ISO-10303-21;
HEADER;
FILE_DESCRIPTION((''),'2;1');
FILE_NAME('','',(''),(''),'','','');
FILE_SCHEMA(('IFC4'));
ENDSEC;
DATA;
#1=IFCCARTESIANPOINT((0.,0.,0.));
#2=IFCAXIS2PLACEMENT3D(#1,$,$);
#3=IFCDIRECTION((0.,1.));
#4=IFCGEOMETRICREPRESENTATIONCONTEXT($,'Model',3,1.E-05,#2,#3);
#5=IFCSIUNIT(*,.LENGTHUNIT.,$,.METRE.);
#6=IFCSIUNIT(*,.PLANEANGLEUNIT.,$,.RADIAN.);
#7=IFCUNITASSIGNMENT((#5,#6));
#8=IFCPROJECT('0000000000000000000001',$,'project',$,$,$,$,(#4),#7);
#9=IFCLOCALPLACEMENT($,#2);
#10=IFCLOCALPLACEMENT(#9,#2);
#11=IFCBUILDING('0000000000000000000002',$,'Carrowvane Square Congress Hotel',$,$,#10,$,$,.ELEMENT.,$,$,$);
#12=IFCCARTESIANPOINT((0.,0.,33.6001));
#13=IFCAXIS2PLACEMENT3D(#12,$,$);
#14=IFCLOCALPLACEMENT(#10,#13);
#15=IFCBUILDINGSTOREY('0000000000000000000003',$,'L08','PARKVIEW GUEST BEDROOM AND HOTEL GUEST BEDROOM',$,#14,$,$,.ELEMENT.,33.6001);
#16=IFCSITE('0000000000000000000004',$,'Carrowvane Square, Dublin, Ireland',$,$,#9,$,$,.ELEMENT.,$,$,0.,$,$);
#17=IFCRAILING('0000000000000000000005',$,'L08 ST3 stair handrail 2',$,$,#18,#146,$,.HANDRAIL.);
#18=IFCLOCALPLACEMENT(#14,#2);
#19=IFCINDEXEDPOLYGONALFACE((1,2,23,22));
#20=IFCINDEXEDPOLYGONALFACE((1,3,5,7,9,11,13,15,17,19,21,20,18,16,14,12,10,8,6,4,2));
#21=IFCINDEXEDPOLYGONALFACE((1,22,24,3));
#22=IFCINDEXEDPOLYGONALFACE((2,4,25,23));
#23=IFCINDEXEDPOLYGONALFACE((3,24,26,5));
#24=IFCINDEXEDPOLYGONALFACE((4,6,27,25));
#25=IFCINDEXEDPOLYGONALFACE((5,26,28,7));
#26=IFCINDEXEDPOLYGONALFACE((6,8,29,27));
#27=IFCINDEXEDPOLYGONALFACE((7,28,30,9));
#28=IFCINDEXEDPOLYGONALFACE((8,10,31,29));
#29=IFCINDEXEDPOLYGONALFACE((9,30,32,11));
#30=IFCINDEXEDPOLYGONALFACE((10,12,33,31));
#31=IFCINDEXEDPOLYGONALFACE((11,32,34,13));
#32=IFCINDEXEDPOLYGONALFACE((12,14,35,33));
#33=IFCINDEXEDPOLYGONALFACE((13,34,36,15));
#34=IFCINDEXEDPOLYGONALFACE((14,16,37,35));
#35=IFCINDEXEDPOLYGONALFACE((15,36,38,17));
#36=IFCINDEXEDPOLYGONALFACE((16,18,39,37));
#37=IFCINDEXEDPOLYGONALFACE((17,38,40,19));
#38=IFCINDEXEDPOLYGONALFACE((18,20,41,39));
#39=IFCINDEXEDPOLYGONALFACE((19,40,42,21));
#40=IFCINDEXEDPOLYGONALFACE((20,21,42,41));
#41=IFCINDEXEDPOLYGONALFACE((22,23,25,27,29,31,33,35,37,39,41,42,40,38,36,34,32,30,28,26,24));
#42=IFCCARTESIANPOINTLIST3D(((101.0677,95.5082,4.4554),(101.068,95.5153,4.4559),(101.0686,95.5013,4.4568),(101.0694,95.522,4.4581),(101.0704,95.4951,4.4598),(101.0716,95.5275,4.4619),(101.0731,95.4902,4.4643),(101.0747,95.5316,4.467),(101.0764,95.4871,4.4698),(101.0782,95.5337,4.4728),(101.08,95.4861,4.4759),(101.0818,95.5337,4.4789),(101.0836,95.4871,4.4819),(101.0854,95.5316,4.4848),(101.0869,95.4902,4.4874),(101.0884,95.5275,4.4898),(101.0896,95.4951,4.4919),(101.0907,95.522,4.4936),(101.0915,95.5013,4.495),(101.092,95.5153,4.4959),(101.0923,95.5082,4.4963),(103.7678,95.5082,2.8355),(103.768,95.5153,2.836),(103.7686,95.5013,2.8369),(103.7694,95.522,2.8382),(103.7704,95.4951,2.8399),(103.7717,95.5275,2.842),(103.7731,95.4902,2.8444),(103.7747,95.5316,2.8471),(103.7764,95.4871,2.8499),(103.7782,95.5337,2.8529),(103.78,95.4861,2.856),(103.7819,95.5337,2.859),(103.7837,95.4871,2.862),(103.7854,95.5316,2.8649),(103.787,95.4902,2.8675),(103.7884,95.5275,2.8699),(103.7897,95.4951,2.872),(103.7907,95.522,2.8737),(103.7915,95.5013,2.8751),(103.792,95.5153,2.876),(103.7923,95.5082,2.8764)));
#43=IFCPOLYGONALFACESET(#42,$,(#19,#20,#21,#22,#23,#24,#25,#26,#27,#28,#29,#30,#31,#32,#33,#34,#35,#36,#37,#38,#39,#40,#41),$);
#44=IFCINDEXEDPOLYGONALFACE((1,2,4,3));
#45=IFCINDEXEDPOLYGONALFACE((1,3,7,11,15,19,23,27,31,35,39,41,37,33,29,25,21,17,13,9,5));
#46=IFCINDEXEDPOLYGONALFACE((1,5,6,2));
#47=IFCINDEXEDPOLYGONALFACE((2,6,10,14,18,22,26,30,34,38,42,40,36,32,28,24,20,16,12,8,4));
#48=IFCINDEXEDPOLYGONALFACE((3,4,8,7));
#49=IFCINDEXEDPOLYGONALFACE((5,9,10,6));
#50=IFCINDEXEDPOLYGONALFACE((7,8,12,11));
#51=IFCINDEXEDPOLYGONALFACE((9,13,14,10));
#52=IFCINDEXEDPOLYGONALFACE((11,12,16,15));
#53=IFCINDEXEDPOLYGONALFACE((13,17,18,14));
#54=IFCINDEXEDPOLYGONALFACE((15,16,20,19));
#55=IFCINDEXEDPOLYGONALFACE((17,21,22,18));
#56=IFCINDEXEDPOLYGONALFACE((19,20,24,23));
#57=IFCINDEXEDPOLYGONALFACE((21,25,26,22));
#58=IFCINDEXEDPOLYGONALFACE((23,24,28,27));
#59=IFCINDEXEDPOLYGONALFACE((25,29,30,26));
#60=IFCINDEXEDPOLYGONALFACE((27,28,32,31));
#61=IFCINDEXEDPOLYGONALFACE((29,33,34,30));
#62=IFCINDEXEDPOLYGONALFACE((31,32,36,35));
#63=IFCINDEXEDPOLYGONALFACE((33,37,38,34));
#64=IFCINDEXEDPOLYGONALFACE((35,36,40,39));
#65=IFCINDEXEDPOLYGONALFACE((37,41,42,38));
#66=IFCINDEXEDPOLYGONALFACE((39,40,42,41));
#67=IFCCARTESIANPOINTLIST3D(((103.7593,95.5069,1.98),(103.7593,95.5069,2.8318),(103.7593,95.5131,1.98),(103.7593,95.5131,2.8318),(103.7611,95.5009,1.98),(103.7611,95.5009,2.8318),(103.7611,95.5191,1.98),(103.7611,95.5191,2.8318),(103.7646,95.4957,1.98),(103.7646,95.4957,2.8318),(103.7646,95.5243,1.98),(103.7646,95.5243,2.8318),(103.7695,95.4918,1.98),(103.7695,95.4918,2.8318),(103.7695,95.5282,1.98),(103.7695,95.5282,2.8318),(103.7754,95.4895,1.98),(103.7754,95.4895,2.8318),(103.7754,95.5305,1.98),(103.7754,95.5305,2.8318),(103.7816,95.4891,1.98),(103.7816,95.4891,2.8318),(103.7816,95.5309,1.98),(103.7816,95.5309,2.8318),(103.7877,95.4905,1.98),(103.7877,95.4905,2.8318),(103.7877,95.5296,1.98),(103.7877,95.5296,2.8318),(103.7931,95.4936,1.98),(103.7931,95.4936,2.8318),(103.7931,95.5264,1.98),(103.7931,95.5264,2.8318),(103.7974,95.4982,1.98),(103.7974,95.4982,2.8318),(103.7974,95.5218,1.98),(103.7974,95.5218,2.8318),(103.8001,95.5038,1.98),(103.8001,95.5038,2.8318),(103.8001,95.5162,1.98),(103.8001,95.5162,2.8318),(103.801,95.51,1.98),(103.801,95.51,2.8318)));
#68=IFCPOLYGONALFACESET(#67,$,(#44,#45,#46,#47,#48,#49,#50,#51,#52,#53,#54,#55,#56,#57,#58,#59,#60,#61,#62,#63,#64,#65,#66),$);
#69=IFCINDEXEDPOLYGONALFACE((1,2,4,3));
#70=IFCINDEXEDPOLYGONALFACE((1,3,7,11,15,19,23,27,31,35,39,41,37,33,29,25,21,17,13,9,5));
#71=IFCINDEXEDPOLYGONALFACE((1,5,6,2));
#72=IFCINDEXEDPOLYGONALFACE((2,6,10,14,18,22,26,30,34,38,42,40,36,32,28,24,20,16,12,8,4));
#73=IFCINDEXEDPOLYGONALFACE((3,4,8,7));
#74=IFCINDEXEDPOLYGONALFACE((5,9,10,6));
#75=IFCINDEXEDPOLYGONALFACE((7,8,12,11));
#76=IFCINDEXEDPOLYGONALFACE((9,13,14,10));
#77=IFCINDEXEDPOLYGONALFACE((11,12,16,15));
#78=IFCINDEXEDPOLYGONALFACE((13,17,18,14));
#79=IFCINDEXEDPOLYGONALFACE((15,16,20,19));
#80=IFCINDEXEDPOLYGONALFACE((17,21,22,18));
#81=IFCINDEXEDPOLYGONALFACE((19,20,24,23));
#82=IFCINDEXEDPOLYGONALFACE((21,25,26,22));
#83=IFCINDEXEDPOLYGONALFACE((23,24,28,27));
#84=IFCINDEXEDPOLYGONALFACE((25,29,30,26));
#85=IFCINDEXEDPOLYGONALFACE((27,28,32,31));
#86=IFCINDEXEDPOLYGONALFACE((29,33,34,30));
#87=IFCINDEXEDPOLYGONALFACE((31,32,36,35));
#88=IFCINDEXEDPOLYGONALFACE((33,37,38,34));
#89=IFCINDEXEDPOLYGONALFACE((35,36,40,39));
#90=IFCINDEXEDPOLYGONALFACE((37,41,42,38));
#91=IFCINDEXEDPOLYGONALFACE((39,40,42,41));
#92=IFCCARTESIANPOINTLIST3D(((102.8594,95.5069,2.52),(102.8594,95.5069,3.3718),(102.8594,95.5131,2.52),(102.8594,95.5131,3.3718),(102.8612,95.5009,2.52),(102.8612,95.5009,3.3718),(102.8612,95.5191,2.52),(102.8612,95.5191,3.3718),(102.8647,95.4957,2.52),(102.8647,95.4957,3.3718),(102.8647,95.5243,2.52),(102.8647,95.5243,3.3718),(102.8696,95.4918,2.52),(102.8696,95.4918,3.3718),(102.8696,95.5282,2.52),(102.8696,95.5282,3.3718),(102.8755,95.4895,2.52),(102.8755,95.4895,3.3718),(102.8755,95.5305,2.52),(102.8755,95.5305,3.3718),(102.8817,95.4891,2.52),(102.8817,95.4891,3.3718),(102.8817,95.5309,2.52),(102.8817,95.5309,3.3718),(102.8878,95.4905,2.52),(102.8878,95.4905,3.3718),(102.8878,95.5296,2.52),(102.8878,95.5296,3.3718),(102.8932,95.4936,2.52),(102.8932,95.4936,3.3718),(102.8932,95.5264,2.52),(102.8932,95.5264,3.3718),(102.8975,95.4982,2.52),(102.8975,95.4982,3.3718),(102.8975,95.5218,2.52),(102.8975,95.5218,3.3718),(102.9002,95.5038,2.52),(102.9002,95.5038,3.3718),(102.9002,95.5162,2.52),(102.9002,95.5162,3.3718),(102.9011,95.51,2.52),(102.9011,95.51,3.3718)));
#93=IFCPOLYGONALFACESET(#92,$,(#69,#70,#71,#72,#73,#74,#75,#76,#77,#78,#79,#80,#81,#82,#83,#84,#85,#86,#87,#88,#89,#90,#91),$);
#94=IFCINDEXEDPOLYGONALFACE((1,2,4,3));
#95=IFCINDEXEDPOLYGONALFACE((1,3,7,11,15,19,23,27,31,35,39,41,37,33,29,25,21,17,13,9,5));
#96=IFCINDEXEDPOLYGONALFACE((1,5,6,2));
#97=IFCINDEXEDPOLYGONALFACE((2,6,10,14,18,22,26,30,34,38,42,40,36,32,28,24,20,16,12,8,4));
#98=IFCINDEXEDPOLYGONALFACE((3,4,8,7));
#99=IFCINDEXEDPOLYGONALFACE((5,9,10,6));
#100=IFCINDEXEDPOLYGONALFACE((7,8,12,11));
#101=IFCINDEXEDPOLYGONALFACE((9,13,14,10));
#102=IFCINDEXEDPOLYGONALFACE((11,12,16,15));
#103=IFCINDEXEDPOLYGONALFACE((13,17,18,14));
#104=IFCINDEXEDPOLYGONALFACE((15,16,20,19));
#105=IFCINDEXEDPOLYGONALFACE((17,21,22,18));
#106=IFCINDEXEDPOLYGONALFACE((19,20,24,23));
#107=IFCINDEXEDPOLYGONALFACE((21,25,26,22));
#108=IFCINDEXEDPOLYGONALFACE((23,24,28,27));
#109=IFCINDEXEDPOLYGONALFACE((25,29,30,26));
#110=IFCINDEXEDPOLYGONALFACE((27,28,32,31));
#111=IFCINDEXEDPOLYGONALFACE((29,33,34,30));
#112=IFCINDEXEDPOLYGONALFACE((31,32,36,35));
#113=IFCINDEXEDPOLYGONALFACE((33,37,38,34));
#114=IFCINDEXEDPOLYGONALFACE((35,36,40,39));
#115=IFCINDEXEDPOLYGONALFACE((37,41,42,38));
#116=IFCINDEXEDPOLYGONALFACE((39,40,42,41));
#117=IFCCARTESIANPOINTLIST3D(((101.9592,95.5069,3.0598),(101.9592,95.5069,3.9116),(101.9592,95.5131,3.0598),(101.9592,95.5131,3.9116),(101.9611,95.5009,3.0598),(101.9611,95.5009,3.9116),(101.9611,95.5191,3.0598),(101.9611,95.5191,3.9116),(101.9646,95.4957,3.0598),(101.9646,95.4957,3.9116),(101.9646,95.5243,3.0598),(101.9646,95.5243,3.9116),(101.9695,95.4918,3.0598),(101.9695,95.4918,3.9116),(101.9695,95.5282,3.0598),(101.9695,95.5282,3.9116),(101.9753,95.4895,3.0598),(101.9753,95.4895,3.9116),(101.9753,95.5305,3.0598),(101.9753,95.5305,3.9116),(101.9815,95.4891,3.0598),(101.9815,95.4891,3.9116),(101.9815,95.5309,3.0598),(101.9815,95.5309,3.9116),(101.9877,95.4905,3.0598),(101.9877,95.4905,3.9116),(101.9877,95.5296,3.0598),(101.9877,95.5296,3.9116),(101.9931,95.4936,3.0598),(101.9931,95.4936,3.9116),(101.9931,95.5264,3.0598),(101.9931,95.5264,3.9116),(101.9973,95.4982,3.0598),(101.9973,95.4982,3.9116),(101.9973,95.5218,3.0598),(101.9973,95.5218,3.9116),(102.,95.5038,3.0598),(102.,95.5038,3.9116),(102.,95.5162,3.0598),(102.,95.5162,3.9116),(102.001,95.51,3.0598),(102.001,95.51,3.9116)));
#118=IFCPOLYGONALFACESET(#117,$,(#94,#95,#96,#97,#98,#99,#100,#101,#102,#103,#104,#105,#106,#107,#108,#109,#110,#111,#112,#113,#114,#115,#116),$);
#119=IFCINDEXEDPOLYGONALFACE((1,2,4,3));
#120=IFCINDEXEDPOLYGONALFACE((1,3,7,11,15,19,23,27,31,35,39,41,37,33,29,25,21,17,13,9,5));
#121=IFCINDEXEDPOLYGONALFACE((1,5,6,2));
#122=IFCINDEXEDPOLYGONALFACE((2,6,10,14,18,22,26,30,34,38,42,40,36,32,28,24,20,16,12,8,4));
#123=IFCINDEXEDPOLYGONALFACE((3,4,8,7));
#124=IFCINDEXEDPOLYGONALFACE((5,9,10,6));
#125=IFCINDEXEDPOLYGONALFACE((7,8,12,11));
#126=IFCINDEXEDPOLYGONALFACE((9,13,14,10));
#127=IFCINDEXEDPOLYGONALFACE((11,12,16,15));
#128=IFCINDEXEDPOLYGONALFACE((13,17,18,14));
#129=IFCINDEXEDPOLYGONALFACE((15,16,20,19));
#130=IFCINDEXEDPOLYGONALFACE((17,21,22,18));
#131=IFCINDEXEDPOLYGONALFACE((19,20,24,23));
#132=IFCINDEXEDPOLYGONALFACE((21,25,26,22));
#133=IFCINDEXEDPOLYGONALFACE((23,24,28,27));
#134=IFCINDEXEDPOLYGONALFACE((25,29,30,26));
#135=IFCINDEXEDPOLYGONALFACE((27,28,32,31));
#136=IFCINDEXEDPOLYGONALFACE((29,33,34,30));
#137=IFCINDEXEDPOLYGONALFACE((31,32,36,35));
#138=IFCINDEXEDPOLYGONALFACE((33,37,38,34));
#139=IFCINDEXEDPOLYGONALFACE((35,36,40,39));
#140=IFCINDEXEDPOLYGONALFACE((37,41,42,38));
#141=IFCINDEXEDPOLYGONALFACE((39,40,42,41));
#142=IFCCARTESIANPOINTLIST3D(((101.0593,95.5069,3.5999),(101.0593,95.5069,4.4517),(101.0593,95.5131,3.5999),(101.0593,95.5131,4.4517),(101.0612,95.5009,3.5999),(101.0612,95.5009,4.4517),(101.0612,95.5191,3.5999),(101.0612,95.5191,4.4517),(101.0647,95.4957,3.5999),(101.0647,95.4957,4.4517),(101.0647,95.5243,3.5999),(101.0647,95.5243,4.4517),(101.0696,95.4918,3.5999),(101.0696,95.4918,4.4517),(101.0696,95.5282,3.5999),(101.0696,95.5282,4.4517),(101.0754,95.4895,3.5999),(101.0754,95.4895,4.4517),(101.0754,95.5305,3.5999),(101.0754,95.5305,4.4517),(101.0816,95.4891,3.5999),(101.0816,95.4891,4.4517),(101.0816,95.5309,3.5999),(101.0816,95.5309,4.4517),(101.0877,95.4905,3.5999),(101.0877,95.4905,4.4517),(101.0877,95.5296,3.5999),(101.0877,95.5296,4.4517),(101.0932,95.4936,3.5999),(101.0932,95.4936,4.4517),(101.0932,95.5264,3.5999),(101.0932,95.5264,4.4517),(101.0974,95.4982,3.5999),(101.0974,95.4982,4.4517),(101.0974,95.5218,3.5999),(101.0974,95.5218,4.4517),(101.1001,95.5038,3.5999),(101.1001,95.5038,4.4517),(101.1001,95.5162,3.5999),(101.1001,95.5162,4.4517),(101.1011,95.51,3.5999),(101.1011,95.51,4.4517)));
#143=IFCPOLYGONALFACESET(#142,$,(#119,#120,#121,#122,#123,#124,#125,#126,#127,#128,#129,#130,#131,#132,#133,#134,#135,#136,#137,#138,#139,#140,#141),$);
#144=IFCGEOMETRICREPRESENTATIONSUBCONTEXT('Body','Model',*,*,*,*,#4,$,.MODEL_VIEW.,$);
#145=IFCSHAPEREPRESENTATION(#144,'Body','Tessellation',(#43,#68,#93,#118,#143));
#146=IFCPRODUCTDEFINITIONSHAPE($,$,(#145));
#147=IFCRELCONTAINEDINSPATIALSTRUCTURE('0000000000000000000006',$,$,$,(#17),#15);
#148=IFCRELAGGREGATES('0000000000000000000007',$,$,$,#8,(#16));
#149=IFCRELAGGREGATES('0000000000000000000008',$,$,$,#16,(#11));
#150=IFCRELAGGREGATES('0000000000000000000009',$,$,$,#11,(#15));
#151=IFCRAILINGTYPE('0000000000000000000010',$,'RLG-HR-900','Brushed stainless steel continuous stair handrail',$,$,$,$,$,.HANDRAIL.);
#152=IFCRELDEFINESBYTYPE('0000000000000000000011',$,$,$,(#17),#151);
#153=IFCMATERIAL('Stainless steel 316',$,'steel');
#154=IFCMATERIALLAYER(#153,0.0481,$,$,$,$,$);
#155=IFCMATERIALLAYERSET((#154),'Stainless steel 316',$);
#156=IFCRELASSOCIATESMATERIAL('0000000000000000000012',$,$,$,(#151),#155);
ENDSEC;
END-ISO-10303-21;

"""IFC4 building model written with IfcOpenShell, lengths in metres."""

from ifc_helpers import new_model, si_unit, direction, frame, origin, origin_2d, place, context, subcontext, project, spatial, circle, extrude, material, layer, layer_set, type_object, element, save


model = new_model("IFC4")

# Units and contexts
model_context = context("Model", 3, precision=1e-05, world=origin(), true_north=direction((0.0, 1.0)))
body_context = subcontext(model_context, "Body", "Model", "MODEL_VIEW")
ifc_project = project(units=[si_unit("LENGTHUNIT", "METRE"), si_unit("PLANEANGLEUNIT", "RADIAN")], contexts=[model_context])

# Site, building, storey
site_placement = place(None, origin())
site = spatial("IfcSite", under=ifc_project, at=site_placement, Name="Carrowvane Square, Dublin, Ireland", CompositionType="ELEMENT", RefElevation=0.0)
building_placement = place(site_placement, origin())
building = spatial("IfcBuilding", under=site, at=building_placement, Name="Carrowvane Square Congress Hotel", CompositionType="ELEMENT")
storey_placement = place(building_placement, frame((0.0, 0.0, 33.6001)))
storey = spatial("IfcBuildingStorey", under=building, at=storey_placement, Name="L08", Description="PARKVIEW GUEST BEDROOM AND HOTEL GUEST BEDROOM", CompositionType="ELEMENT", Elevation=33.6001)

# Railing
ifc_material_1 = material(Name="Stainless steel 316", Category="steel")
ifc_layer_1 = layer(ifc_material_1, 0.0481)
ifc_layer_set_1 = layer_set([ifc_layer_1], Name="Stainless steel 316")
railing_type_1 = type_object("IfcRailingType", Name="RLG-HR-900", Description="Brushed stainless steel continuous stair handrail", PredefinedType="HANDRAIL", material=ifc_layer_set_1)
railing_1_placement = place(storey_placement, frame((103.78, 95.51, 1.98)))
element("IfcRailing", 1, at=railing_1_placement, inside=storey, type_object=railing_type_1, Name="L08 ST3 stair handrail 2", PredefinedType="HANDRAIL", context=body_context, shape_type="SweptSolid", body=[
    extrude(circle(Radius=0.0239, at=origin_2d()), frame((0.0, 0.0, 0.876), z_axis=(-0.857507, 0.0, 0.514473), x_axis=(0.0, -1.0, 0.0)), (0.0, 0.0, 1.0), 3.1487),
    extrude(circle(Radius=0.021, at=origin_2d()), origin(), (0.0, 0.0, 1.0), 0.8518),
    extrude(circle(Radius=0.021, at=origin_2d()), frame((-0.8999, 0.0, 0.54)), (0.0, 0.0, 1.0), 0.8518),
    extrude(circle(Radius=0.021, at=origin_2d()), frame((-1.8, 0.0, 1.0798)), (0.0, 0.0, 1.0), 0.8518),
    extrude(circle(Radius=0.021, at=origin_2d()), frame((-2.7, 0.0, 1.6199)), (0.0, 0.0, 1.0), 0.8518),
])

save(model, "model.ifc")
